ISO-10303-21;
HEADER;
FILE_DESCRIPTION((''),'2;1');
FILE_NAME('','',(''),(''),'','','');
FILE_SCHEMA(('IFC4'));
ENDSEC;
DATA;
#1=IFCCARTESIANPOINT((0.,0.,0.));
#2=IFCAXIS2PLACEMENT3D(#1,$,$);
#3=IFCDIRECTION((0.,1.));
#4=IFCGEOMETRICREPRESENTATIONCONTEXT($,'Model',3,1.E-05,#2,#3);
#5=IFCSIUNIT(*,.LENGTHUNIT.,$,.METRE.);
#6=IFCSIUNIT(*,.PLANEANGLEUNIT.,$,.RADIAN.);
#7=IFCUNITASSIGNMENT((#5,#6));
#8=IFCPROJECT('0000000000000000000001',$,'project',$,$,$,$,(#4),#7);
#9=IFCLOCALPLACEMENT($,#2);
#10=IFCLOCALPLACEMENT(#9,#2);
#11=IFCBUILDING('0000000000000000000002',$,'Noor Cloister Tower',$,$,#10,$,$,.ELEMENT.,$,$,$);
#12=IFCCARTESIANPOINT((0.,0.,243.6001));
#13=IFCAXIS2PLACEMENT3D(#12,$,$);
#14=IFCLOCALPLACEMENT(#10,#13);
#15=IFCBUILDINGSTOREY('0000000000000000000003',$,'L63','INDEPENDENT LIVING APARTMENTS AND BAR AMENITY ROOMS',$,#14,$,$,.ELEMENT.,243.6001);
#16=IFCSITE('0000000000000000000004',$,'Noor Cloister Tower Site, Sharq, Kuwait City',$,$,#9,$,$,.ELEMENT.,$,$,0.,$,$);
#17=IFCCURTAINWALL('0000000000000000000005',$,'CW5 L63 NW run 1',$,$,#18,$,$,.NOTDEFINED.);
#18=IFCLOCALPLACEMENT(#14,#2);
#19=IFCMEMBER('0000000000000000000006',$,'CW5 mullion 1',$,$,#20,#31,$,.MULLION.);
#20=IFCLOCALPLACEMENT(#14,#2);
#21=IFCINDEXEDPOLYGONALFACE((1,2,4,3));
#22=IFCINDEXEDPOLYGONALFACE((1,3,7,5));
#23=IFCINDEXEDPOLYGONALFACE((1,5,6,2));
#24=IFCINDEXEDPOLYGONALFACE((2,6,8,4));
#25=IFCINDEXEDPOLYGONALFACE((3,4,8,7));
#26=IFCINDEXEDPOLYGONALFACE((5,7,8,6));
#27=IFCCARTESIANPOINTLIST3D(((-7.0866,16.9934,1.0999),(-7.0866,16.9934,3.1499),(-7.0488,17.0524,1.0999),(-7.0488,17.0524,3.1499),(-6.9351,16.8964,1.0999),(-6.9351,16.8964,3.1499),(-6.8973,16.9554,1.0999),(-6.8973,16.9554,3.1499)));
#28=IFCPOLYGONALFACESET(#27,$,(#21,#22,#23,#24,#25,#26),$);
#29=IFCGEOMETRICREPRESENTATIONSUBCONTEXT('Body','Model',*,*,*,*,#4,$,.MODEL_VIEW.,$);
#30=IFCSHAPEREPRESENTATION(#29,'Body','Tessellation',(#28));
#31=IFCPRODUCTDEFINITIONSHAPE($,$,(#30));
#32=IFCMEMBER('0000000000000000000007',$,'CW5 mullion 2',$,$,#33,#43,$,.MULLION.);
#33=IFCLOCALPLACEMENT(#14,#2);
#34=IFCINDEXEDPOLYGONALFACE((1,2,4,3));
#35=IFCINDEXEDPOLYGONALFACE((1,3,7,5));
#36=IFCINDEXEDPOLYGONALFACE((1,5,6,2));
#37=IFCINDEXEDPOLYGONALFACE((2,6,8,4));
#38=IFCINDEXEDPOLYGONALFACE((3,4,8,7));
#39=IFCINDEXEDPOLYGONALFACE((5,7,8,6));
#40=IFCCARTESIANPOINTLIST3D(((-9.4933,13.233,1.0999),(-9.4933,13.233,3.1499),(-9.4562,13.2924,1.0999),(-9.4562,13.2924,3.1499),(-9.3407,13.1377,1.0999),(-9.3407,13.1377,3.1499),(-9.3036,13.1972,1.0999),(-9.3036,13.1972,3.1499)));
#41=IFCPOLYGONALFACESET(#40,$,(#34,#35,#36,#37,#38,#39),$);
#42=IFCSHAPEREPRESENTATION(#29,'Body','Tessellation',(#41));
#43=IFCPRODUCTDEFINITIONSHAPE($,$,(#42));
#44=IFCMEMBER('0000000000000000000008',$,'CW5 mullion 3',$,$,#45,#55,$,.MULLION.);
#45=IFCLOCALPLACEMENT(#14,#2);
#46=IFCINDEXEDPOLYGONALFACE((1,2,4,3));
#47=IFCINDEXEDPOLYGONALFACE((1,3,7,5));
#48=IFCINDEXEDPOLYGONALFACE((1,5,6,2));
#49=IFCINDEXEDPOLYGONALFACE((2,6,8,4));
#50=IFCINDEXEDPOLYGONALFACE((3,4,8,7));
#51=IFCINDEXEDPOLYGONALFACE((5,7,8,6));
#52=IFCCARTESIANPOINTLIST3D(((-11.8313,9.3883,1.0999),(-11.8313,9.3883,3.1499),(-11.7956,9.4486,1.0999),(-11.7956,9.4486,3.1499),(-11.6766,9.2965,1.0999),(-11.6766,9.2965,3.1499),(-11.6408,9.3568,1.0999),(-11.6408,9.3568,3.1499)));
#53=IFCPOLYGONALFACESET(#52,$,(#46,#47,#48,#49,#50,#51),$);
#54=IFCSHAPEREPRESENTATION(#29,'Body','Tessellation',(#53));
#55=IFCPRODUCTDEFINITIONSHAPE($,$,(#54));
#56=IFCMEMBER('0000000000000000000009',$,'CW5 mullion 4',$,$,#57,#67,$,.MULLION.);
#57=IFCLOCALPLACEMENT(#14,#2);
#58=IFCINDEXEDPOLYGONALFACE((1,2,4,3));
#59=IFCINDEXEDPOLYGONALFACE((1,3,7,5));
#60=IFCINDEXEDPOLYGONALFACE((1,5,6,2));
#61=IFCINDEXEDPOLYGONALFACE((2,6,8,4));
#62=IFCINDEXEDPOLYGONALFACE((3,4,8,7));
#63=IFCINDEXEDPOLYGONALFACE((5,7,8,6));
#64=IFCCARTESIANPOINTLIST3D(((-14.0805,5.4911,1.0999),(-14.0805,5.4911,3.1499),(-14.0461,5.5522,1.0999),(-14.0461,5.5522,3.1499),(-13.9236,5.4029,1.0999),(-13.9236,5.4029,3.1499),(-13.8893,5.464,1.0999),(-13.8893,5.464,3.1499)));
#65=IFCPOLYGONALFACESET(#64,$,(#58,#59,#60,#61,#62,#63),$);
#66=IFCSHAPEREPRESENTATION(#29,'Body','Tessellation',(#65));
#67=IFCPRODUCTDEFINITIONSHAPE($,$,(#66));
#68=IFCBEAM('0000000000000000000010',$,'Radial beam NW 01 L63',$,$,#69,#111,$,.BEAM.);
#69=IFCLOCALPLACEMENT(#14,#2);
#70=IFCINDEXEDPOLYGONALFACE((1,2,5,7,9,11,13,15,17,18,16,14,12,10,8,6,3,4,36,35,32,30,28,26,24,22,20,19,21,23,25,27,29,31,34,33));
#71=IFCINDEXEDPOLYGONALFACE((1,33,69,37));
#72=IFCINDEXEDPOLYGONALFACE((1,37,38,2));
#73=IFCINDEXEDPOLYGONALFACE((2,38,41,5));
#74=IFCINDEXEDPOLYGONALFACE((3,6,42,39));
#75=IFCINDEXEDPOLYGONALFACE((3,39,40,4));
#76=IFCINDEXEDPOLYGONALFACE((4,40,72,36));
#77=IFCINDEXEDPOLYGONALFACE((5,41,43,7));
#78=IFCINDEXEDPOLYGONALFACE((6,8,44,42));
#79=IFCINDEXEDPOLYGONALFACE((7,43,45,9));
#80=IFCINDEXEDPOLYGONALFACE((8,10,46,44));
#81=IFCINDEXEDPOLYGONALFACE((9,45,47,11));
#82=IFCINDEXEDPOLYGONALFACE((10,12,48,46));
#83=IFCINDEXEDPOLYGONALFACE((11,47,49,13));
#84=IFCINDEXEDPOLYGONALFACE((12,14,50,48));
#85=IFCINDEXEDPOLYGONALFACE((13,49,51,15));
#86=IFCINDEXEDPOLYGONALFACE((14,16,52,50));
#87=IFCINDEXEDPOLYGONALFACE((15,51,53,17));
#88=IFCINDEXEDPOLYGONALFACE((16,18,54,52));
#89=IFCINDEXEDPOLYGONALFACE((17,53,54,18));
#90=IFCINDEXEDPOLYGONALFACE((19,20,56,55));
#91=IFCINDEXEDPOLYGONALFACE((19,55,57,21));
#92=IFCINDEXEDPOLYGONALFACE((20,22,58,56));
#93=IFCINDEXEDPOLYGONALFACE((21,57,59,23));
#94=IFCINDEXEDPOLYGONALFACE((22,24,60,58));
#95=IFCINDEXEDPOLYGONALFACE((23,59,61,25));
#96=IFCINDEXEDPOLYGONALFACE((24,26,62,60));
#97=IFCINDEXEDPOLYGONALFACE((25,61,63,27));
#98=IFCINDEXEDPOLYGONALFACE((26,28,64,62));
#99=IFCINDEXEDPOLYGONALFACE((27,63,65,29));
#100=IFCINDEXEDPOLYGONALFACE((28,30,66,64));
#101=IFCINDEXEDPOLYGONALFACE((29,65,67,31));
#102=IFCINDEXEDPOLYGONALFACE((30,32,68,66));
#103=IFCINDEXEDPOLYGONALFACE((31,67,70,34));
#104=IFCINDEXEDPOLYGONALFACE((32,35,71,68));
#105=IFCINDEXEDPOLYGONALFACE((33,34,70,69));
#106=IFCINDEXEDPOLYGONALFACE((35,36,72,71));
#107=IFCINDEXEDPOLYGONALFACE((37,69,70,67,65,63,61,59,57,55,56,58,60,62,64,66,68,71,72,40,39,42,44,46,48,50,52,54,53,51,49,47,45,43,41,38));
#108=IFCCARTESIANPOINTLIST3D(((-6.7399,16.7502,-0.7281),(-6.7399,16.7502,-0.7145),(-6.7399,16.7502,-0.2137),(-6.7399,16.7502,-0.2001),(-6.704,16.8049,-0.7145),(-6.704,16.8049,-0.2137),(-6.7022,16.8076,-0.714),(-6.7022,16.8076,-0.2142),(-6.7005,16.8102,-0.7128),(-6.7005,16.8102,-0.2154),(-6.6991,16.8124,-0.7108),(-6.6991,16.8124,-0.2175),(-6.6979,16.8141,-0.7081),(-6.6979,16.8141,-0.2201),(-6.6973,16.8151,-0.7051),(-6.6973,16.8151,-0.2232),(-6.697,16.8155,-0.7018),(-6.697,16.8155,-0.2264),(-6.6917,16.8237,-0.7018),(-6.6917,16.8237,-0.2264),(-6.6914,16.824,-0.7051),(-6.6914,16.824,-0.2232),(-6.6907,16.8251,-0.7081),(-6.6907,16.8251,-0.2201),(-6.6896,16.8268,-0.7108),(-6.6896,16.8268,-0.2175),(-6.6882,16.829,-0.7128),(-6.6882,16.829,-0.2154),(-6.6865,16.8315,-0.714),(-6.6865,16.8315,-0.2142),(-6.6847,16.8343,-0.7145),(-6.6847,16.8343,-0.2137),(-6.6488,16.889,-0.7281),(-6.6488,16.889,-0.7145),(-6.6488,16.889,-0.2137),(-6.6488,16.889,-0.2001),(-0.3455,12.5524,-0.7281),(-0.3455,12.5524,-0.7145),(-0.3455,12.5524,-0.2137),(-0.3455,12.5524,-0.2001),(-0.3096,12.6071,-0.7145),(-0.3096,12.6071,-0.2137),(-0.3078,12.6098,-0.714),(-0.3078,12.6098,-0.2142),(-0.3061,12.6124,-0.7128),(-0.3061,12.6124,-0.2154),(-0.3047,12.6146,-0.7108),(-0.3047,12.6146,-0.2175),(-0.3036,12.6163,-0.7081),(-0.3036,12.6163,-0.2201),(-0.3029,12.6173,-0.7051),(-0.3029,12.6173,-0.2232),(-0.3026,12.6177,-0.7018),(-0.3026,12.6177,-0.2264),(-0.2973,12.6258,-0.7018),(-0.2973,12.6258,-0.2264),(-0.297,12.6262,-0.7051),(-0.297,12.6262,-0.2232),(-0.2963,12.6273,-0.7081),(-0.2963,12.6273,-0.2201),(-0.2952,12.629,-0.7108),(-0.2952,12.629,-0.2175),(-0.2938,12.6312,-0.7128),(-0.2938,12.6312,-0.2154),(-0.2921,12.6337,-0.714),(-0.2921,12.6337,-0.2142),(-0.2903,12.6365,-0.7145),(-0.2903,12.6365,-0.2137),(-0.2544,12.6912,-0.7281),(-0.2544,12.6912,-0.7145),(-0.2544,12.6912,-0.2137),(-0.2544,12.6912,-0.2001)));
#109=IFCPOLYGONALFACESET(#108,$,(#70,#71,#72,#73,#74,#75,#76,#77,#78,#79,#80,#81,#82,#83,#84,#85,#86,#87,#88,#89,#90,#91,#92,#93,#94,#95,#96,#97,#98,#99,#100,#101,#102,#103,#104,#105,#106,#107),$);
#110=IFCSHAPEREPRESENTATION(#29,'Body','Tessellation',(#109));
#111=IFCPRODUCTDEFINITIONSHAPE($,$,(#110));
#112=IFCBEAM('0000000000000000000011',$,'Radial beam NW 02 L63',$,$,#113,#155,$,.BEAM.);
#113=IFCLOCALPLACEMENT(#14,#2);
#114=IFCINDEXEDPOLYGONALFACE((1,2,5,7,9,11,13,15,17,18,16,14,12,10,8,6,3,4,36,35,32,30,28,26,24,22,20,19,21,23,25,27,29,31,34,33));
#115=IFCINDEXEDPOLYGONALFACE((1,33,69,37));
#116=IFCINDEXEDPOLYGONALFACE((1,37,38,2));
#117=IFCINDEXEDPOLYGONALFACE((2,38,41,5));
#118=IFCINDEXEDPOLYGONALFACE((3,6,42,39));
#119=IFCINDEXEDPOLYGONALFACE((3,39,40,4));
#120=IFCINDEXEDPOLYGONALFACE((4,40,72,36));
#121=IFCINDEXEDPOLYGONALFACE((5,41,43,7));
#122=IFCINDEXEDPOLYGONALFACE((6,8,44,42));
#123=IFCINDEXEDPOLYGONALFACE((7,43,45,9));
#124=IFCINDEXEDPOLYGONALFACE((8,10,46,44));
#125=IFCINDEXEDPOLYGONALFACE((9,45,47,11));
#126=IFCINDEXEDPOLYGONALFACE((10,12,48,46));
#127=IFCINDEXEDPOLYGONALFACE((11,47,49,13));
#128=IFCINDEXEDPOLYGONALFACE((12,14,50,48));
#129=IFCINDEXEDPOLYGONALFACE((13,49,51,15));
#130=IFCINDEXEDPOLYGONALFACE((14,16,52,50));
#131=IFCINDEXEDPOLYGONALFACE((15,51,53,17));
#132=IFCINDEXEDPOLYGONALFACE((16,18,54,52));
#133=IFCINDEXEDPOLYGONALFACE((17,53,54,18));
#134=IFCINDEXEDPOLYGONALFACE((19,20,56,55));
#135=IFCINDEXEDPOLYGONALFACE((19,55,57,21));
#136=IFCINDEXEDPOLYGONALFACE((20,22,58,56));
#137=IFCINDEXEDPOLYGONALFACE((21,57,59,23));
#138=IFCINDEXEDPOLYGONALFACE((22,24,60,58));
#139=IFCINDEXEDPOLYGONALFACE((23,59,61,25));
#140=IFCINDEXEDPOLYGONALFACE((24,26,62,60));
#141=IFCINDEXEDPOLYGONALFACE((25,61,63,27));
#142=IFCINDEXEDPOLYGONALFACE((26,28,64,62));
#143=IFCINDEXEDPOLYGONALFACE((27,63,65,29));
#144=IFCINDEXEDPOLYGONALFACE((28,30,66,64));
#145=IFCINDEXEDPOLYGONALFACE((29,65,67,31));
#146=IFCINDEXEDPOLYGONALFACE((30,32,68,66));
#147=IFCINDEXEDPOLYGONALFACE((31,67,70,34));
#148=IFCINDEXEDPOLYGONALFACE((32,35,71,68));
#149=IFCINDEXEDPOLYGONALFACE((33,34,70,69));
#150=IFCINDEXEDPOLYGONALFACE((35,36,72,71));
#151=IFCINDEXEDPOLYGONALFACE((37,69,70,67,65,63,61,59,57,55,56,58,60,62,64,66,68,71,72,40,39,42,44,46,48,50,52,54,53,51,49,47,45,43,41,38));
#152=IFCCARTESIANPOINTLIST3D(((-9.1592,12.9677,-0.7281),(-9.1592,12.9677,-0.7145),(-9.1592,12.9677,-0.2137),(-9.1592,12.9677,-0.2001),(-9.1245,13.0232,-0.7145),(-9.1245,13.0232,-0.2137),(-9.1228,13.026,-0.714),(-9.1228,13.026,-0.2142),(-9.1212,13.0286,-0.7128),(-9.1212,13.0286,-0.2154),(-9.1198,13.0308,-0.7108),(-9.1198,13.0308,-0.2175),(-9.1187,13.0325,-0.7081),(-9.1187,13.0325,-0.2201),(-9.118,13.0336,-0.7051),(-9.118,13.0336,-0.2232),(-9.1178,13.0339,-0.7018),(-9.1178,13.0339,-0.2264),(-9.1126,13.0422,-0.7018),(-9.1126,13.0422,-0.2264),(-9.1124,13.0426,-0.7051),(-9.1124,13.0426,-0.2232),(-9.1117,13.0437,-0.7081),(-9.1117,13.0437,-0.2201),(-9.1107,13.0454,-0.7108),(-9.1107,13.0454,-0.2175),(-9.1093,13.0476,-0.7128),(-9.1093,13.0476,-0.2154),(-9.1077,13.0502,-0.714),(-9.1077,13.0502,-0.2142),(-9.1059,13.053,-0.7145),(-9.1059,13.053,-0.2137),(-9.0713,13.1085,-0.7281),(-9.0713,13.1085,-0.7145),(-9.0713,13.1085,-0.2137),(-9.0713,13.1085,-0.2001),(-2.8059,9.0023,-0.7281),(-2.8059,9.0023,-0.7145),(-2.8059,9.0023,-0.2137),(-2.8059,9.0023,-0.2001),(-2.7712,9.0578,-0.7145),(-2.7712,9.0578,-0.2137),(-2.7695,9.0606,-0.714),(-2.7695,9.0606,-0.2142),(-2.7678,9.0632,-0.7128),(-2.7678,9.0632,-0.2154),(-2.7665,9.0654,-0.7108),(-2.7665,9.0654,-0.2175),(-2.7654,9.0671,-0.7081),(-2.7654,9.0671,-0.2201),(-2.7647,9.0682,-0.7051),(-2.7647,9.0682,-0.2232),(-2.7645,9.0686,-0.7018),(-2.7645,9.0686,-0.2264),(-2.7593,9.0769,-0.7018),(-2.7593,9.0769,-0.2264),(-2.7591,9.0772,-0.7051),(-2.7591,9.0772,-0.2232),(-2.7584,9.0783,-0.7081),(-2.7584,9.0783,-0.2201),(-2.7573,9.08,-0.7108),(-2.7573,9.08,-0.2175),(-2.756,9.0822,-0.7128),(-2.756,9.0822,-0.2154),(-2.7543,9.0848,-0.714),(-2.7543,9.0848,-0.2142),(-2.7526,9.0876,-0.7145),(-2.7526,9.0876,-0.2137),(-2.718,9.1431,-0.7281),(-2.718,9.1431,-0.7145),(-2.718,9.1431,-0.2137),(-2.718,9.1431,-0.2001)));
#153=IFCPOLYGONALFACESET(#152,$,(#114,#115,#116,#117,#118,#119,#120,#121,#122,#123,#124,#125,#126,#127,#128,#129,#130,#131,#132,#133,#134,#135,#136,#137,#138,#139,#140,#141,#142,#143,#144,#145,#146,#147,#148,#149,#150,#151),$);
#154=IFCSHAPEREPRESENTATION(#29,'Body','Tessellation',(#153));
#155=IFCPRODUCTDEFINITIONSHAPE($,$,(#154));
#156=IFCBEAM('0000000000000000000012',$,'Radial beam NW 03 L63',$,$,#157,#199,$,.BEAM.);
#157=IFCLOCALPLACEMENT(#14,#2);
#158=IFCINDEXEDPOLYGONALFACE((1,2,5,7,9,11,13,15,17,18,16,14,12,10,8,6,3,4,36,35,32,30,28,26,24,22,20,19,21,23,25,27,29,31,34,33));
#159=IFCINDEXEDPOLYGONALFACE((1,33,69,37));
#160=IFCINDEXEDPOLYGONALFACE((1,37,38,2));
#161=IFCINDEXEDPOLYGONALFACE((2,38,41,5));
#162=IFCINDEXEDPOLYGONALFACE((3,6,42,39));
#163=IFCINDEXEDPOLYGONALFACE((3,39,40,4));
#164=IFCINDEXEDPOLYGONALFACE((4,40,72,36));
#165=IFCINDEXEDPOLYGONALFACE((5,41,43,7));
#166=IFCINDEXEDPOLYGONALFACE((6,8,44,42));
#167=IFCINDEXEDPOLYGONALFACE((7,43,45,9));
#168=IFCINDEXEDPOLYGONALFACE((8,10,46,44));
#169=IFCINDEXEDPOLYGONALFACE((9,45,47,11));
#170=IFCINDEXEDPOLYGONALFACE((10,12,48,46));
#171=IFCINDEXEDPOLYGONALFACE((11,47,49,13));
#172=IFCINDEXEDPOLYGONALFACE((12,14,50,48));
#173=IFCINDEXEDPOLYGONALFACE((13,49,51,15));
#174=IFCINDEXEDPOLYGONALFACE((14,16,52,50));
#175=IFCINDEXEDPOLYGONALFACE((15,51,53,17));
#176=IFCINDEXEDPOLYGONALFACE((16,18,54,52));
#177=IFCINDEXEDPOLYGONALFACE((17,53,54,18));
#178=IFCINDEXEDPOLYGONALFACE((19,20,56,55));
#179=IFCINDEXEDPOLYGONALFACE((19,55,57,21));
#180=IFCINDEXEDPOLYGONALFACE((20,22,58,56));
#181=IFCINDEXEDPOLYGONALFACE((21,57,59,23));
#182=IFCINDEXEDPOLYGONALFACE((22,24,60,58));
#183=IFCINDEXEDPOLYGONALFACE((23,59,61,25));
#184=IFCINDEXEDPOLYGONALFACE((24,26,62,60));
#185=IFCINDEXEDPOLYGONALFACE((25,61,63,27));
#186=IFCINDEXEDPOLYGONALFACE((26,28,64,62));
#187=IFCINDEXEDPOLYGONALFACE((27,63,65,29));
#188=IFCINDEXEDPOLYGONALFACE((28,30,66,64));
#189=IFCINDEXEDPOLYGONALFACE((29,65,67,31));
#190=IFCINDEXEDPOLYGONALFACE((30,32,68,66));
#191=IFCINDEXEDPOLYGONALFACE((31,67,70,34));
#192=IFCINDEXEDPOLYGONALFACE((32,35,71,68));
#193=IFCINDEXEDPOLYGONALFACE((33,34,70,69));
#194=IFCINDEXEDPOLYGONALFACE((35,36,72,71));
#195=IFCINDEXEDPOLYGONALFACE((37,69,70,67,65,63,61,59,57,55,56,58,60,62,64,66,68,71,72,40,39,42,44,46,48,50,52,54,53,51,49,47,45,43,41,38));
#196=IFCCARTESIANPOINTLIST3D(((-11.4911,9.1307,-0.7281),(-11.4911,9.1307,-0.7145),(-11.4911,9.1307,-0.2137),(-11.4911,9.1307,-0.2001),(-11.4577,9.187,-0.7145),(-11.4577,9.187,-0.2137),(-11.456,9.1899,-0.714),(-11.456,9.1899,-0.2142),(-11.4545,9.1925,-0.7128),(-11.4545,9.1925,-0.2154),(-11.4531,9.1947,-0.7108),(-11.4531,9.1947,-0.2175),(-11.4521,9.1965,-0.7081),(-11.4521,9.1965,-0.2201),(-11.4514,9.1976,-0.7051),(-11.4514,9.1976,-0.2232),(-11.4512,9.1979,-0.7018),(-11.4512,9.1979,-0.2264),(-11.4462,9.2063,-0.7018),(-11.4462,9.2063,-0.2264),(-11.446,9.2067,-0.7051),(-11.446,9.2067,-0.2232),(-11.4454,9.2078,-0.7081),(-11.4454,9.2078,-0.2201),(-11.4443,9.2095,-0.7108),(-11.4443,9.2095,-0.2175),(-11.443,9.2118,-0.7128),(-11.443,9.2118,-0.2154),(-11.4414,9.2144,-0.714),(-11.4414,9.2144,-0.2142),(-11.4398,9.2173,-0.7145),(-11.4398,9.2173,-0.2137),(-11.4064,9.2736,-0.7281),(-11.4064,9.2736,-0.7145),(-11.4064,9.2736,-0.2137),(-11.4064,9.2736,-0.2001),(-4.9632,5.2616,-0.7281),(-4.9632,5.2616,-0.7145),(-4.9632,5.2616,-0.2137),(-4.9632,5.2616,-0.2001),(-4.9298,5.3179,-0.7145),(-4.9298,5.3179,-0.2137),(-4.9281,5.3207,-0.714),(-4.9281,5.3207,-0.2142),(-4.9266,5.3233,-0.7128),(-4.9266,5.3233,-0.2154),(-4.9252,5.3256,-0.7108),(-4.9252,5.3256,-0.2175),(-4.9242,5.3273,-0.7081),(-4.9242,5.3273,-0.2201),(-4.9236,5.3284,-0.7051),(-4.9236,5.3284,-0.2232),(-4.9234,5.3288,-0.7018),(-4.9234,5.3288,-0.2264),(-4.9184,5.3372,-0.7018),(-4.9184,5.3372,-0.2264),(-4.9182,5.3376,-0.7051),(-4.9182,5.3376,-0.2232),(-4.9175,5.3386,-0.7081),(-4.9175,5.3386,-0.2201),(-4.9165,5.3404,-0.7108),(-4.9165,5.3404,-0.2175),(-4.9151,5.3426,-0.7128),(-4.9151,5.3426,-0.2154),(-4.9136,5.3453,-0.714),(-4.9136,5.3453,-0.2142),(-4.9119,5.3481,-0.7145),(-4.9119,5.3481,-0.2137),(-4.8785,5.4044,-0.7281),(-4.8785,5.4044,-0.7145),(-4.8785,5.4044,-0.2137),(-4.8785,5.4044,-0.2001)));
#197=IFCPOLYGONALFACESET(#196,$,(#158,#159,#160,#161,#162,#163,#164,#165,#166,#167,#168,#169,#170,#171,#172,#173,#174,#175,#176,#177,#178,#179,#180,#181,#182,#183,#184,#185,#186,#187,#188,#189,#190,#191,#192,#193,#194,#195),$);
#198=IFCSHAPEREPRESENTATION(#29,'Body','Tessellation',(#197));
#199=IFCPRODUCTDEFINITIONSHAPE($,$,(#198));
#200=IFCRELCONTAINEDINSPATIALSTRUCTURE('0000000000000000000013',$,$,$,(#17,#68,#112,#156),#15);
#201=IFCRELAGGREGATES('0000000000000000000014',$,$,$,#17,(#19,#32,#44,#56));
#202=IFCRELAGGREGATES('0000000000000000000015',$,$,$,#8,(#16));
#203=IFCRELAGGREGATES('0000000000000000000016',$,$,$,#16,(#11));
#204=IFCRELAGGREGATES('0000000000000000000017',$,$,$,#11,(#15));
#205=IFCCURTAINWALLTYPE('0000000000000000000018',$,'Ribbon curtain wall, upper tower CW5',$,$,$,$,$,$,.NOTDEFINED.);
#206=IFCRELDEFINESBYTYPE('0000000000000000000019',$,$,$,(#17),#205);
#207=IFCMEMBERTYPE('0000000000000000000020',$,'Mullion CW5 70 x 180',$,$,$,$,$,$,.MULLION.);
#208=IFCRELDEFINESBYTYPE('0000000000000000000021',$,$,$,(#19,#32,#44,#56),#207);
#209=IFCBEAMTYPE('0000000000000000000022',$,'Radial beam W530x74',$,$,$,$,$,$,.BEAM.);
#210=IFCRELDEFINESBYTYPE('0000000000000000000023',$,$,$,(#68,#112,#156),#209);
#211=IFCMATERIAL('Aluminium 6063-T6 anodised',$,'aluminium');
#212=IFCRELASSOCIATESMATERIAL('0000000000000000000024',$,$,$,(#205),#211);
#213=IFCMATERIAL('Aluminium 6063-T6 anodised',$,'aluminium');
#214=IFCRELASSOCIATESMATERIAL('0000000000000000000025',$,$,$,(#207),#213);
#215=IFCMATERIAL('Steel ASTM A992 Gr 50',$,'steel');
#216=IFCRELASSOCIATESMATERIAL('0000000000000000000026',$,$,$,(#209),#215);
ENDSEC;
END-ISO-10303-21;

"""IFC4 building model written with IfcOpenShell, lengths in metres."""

from ifc_helpers import new_model, si_unit, direction, frame, origin, origin_2d, place, context, subcontext, project, spatial, rectangle, i_section, extrude, material, material_profile, profile_set, type_object, element, aggregate, save


model = new_model("IFC4")

# Units and contexts
model_context = context("Model", 3, precision=1e-05, world=origin(), true_north=direction((0.0, 1.0)))
body_context = subcontext(model_context, "Body", "Model", "MODEL_VIEW")
ifc_project = project(units=[si_unit("LENGTHUNIT", "METRE"), si_unit("PLANEANGLEUNIT", "RADIAN")], contexts=[model_context])

# Site, building, storey
site_placement = place(None, origin())
site = spatial("IfcSite", under=ifc_project, at=site_placement, Name="Noor Cloister Tower Site, Sharq, Kuwait City", CompositionType="ELEMENT", RefElevation=0.0)
building_placement = place(site_placement, origin())
building = spatial("IfcBuilding", under=site, at=building_placement, Name="Noor Cloister Tower", CompositionType="ELEMENT")
storey_placement = place(building_placement, frame((0.0, 0.0, 243.6001)))
storey = spatial("IfcBuildingStorey", under=building, at=storey_placement, Name="L63", Description="INDEPENDENT LIVING APARTMENTS AND BAR AMENITY ROOMS", CompositionType="ELEMENT", Elevation=243.6001)

# Curtain wall, members
ifc_material_1 = material(Name="Aluminium 6063-T6 anodised", Category="aluminium")
curtain_wall_type = type_object("IfcCurtainWallType", Name="Ribbon curtain wall, upper tower CW5", PredefinedType="NOTDEFINED", material=ifc_material_1)
curtain_wall_placement = place(storey_placement, origin())
curtain_wall = element("IfcCurtainWall", 1, at=curtain_wall_placement, inside=storey, type_object=curtain_wall_type, Name="CW5 L63 NW run 1", PredefinedType="NOTDEFINED")
ifc_material_2 = material(Name="Aluminium 6063-T6 anodised", Category="aluminium")
ifc_material_profile_1 = material_profile(ifc_material_2, rectangle(XDim=0.1799, YDim=0.0701, at=origin_2d()), Name="180 x 70 mullion")
ifc_profile_set_1 = profile_set([ifc_material_profile_1], Name="Aluminium 6063-T6 anodised")
member_type = type_object("IfcMemberType", Name="Mullion CW5 70 x 180", PredefinedType="MULLION", material=ifc_profile_set_1)
member_1_placement = place(storey_placement, frame((-6.9919, 16.9744, 1.0999), z_axis=(0.0, 0.0, 1.0), x_axis=(0.842196, -0.539171, 0.0)))
member_1 = element("IfcMember", 2, at=member_1_placement, type_object=member_type, Name="CW5 mullion 1", PredefinedType="MULLION", context=body_context, shape_type="SweptSolid", body=[
    extrude(rectangle(XDim=0.1799, YDim=0.0701, at=origin_2d()), origin(), (0.0, 0.0, 1.0), 2.05),
])
member_2_placement = place(storey_placement, frame((-9.3984, 13.2151, 1.0999), z_axis=(0.0, 0.0, 1.0), x_axis=(0.848322, -0.529481, 0.0)))
member_2 = element("IfcMember", 3, at=member_2_placement, type_object=member_type, Name="CW5 mullion 2", PredefinedType="MULLION", context=body_context, shape_type="SweptSolid", body=[
    extrude(rectangle(XDim=0.1799, YDim=0.0701, at=origin_2d()), origin(), (0.0, 0.0, 1.0), 2.05),
])
member_3_placement = place(storey_placement, frame((-11.7361, 9.3726, 1.0999), z_axis=(0.0, 0.0, 1.0), x_axis=(0.860237, -0.509895, 0.0)))
member_3 = element("IfcMember", 4, at=member_3_placement, type_object=member_type, Name="CW5 mullion 3", PredefinedType="MULLION", context=body_context, shape_type="SweptSolid", body=[
    extrude(rectangle(XDim=0.1799, YDim=0.0701, at=origin_2d()), origin(), (0.0, 0.0, 1.0), 2.05),
])
member_4_placement = place(storey_placement, frame((-13.9849, 5.4775, 1.0999), z_axis=(0.0, 0.0, 1.0), x_axis=(0.8717, -0.49004, 0.0)))
member_4 = element("IfcMember", 5, at=member_4_placement, type_object=member_type, Name="CW5 mullion 4", PredefinedType="MULLION", context=body_context, shape_type="SweptSolid", body=[
    extrude(rectangle(XDim=0.1799, YDim=0.0701, at=origin_2d()), origin(), (0.0, 0.0, 1.0), 2.05),
])

# Beams
ifc_material_3 = material(Name="Steel ASTM A992 Gr 50", Category="steel")
ifc_material_profile_2 = material_profile(ifc_material_3, i_section(OverallWidth=0.166, OverallDepth=0.5281, WebThickness=0.0098, FlangeThickness=0.0137, FilletRadius=0.0127, at=origin_2d()), Name="W530x74")
ifc_profile_set_2 = profile_set([ifc_material_profile_2], Name="Steel ASTM A992 Gr 50")
beam_type_1 = type_object("IfcBeamType", Name="Radial beam W530x74", PredefinedType="BEAM", material=ifc_profile_set_2)
beam_1_placement = place(storey_placement, frame((-6.6943, 16.8196, -0.4641), z_axis=(0.835958, -0.548794, 0.0), x_axis=(0.548794, 0.835958, 0.0)))
element("IfcBeam", 6, at=beam_1_placement, inside=storey, type_object=beam_type_1, Name="Radial beam NW 01 L63", PredefinedType="BEAM", context=body_context, shape_type="SweptSolid", body=[
    extrude(i_section(OverallWidth=0.166, OverallDepth=0.5281, WebThickness=0.0098, FlangeThickness=0.0137, FilletRadius=0.0127, at=origin_2d()), origin(), (0.0, 0.0, 1.0), 7.6492),
])
beam_2_placement = place(storey_placement, frame((-9.1152, 13.0381, -0.4641), z_axis=(0.848326, -0.529474, 0.0), x_axis=(0.529474, 0.848326, 0.0)))
element("IfcBeam", 7, at=beam_2_placement, inside=storey, type_object=beam_type_1, Name="Radial beam NW 02 L63", PredefinedType="BEAM", context=body_context, shape_type="SweptSolid", body=[
    extrude(i_section(OverallWidth=0.166, OverallDepth=0.5281, WebThickness=0.0098, FlangeThickness=0.0137, FilletRadius=0.0127, at=origin_2d()), origin(), (0.0, 0.0, 1.0), 7.4893),
])
beam_3_placement = place(storey_placement, frame((-11.4487, 9.2021, -0.4641), z_axis=(0.860246, -0.50988, 0.0), x_axis=(0.50988, 0.860246, 0.0)))
element("IfcBeam", 8, at=beam_3_placement, inside=storey, type_object=beam_type_1, Name="Radial beam NW 03 L63", PredefinedType="BEAM", context=body_context, shape_type="SweptSolid", body=[
    extrude(i_section(OverallWidth=0.166, OverallDepth=0.5281, WebThickness=0.0098, FlangeThickness=0.0137, FilletRadius=0.0127, at=origin_2d()), origin(), (0.0, 0.0, 1.0), 7.5884),
])

aggregate(curtain_wall, [member_1, member_2, member_3, member_4])

save(model, "model.ifc")
